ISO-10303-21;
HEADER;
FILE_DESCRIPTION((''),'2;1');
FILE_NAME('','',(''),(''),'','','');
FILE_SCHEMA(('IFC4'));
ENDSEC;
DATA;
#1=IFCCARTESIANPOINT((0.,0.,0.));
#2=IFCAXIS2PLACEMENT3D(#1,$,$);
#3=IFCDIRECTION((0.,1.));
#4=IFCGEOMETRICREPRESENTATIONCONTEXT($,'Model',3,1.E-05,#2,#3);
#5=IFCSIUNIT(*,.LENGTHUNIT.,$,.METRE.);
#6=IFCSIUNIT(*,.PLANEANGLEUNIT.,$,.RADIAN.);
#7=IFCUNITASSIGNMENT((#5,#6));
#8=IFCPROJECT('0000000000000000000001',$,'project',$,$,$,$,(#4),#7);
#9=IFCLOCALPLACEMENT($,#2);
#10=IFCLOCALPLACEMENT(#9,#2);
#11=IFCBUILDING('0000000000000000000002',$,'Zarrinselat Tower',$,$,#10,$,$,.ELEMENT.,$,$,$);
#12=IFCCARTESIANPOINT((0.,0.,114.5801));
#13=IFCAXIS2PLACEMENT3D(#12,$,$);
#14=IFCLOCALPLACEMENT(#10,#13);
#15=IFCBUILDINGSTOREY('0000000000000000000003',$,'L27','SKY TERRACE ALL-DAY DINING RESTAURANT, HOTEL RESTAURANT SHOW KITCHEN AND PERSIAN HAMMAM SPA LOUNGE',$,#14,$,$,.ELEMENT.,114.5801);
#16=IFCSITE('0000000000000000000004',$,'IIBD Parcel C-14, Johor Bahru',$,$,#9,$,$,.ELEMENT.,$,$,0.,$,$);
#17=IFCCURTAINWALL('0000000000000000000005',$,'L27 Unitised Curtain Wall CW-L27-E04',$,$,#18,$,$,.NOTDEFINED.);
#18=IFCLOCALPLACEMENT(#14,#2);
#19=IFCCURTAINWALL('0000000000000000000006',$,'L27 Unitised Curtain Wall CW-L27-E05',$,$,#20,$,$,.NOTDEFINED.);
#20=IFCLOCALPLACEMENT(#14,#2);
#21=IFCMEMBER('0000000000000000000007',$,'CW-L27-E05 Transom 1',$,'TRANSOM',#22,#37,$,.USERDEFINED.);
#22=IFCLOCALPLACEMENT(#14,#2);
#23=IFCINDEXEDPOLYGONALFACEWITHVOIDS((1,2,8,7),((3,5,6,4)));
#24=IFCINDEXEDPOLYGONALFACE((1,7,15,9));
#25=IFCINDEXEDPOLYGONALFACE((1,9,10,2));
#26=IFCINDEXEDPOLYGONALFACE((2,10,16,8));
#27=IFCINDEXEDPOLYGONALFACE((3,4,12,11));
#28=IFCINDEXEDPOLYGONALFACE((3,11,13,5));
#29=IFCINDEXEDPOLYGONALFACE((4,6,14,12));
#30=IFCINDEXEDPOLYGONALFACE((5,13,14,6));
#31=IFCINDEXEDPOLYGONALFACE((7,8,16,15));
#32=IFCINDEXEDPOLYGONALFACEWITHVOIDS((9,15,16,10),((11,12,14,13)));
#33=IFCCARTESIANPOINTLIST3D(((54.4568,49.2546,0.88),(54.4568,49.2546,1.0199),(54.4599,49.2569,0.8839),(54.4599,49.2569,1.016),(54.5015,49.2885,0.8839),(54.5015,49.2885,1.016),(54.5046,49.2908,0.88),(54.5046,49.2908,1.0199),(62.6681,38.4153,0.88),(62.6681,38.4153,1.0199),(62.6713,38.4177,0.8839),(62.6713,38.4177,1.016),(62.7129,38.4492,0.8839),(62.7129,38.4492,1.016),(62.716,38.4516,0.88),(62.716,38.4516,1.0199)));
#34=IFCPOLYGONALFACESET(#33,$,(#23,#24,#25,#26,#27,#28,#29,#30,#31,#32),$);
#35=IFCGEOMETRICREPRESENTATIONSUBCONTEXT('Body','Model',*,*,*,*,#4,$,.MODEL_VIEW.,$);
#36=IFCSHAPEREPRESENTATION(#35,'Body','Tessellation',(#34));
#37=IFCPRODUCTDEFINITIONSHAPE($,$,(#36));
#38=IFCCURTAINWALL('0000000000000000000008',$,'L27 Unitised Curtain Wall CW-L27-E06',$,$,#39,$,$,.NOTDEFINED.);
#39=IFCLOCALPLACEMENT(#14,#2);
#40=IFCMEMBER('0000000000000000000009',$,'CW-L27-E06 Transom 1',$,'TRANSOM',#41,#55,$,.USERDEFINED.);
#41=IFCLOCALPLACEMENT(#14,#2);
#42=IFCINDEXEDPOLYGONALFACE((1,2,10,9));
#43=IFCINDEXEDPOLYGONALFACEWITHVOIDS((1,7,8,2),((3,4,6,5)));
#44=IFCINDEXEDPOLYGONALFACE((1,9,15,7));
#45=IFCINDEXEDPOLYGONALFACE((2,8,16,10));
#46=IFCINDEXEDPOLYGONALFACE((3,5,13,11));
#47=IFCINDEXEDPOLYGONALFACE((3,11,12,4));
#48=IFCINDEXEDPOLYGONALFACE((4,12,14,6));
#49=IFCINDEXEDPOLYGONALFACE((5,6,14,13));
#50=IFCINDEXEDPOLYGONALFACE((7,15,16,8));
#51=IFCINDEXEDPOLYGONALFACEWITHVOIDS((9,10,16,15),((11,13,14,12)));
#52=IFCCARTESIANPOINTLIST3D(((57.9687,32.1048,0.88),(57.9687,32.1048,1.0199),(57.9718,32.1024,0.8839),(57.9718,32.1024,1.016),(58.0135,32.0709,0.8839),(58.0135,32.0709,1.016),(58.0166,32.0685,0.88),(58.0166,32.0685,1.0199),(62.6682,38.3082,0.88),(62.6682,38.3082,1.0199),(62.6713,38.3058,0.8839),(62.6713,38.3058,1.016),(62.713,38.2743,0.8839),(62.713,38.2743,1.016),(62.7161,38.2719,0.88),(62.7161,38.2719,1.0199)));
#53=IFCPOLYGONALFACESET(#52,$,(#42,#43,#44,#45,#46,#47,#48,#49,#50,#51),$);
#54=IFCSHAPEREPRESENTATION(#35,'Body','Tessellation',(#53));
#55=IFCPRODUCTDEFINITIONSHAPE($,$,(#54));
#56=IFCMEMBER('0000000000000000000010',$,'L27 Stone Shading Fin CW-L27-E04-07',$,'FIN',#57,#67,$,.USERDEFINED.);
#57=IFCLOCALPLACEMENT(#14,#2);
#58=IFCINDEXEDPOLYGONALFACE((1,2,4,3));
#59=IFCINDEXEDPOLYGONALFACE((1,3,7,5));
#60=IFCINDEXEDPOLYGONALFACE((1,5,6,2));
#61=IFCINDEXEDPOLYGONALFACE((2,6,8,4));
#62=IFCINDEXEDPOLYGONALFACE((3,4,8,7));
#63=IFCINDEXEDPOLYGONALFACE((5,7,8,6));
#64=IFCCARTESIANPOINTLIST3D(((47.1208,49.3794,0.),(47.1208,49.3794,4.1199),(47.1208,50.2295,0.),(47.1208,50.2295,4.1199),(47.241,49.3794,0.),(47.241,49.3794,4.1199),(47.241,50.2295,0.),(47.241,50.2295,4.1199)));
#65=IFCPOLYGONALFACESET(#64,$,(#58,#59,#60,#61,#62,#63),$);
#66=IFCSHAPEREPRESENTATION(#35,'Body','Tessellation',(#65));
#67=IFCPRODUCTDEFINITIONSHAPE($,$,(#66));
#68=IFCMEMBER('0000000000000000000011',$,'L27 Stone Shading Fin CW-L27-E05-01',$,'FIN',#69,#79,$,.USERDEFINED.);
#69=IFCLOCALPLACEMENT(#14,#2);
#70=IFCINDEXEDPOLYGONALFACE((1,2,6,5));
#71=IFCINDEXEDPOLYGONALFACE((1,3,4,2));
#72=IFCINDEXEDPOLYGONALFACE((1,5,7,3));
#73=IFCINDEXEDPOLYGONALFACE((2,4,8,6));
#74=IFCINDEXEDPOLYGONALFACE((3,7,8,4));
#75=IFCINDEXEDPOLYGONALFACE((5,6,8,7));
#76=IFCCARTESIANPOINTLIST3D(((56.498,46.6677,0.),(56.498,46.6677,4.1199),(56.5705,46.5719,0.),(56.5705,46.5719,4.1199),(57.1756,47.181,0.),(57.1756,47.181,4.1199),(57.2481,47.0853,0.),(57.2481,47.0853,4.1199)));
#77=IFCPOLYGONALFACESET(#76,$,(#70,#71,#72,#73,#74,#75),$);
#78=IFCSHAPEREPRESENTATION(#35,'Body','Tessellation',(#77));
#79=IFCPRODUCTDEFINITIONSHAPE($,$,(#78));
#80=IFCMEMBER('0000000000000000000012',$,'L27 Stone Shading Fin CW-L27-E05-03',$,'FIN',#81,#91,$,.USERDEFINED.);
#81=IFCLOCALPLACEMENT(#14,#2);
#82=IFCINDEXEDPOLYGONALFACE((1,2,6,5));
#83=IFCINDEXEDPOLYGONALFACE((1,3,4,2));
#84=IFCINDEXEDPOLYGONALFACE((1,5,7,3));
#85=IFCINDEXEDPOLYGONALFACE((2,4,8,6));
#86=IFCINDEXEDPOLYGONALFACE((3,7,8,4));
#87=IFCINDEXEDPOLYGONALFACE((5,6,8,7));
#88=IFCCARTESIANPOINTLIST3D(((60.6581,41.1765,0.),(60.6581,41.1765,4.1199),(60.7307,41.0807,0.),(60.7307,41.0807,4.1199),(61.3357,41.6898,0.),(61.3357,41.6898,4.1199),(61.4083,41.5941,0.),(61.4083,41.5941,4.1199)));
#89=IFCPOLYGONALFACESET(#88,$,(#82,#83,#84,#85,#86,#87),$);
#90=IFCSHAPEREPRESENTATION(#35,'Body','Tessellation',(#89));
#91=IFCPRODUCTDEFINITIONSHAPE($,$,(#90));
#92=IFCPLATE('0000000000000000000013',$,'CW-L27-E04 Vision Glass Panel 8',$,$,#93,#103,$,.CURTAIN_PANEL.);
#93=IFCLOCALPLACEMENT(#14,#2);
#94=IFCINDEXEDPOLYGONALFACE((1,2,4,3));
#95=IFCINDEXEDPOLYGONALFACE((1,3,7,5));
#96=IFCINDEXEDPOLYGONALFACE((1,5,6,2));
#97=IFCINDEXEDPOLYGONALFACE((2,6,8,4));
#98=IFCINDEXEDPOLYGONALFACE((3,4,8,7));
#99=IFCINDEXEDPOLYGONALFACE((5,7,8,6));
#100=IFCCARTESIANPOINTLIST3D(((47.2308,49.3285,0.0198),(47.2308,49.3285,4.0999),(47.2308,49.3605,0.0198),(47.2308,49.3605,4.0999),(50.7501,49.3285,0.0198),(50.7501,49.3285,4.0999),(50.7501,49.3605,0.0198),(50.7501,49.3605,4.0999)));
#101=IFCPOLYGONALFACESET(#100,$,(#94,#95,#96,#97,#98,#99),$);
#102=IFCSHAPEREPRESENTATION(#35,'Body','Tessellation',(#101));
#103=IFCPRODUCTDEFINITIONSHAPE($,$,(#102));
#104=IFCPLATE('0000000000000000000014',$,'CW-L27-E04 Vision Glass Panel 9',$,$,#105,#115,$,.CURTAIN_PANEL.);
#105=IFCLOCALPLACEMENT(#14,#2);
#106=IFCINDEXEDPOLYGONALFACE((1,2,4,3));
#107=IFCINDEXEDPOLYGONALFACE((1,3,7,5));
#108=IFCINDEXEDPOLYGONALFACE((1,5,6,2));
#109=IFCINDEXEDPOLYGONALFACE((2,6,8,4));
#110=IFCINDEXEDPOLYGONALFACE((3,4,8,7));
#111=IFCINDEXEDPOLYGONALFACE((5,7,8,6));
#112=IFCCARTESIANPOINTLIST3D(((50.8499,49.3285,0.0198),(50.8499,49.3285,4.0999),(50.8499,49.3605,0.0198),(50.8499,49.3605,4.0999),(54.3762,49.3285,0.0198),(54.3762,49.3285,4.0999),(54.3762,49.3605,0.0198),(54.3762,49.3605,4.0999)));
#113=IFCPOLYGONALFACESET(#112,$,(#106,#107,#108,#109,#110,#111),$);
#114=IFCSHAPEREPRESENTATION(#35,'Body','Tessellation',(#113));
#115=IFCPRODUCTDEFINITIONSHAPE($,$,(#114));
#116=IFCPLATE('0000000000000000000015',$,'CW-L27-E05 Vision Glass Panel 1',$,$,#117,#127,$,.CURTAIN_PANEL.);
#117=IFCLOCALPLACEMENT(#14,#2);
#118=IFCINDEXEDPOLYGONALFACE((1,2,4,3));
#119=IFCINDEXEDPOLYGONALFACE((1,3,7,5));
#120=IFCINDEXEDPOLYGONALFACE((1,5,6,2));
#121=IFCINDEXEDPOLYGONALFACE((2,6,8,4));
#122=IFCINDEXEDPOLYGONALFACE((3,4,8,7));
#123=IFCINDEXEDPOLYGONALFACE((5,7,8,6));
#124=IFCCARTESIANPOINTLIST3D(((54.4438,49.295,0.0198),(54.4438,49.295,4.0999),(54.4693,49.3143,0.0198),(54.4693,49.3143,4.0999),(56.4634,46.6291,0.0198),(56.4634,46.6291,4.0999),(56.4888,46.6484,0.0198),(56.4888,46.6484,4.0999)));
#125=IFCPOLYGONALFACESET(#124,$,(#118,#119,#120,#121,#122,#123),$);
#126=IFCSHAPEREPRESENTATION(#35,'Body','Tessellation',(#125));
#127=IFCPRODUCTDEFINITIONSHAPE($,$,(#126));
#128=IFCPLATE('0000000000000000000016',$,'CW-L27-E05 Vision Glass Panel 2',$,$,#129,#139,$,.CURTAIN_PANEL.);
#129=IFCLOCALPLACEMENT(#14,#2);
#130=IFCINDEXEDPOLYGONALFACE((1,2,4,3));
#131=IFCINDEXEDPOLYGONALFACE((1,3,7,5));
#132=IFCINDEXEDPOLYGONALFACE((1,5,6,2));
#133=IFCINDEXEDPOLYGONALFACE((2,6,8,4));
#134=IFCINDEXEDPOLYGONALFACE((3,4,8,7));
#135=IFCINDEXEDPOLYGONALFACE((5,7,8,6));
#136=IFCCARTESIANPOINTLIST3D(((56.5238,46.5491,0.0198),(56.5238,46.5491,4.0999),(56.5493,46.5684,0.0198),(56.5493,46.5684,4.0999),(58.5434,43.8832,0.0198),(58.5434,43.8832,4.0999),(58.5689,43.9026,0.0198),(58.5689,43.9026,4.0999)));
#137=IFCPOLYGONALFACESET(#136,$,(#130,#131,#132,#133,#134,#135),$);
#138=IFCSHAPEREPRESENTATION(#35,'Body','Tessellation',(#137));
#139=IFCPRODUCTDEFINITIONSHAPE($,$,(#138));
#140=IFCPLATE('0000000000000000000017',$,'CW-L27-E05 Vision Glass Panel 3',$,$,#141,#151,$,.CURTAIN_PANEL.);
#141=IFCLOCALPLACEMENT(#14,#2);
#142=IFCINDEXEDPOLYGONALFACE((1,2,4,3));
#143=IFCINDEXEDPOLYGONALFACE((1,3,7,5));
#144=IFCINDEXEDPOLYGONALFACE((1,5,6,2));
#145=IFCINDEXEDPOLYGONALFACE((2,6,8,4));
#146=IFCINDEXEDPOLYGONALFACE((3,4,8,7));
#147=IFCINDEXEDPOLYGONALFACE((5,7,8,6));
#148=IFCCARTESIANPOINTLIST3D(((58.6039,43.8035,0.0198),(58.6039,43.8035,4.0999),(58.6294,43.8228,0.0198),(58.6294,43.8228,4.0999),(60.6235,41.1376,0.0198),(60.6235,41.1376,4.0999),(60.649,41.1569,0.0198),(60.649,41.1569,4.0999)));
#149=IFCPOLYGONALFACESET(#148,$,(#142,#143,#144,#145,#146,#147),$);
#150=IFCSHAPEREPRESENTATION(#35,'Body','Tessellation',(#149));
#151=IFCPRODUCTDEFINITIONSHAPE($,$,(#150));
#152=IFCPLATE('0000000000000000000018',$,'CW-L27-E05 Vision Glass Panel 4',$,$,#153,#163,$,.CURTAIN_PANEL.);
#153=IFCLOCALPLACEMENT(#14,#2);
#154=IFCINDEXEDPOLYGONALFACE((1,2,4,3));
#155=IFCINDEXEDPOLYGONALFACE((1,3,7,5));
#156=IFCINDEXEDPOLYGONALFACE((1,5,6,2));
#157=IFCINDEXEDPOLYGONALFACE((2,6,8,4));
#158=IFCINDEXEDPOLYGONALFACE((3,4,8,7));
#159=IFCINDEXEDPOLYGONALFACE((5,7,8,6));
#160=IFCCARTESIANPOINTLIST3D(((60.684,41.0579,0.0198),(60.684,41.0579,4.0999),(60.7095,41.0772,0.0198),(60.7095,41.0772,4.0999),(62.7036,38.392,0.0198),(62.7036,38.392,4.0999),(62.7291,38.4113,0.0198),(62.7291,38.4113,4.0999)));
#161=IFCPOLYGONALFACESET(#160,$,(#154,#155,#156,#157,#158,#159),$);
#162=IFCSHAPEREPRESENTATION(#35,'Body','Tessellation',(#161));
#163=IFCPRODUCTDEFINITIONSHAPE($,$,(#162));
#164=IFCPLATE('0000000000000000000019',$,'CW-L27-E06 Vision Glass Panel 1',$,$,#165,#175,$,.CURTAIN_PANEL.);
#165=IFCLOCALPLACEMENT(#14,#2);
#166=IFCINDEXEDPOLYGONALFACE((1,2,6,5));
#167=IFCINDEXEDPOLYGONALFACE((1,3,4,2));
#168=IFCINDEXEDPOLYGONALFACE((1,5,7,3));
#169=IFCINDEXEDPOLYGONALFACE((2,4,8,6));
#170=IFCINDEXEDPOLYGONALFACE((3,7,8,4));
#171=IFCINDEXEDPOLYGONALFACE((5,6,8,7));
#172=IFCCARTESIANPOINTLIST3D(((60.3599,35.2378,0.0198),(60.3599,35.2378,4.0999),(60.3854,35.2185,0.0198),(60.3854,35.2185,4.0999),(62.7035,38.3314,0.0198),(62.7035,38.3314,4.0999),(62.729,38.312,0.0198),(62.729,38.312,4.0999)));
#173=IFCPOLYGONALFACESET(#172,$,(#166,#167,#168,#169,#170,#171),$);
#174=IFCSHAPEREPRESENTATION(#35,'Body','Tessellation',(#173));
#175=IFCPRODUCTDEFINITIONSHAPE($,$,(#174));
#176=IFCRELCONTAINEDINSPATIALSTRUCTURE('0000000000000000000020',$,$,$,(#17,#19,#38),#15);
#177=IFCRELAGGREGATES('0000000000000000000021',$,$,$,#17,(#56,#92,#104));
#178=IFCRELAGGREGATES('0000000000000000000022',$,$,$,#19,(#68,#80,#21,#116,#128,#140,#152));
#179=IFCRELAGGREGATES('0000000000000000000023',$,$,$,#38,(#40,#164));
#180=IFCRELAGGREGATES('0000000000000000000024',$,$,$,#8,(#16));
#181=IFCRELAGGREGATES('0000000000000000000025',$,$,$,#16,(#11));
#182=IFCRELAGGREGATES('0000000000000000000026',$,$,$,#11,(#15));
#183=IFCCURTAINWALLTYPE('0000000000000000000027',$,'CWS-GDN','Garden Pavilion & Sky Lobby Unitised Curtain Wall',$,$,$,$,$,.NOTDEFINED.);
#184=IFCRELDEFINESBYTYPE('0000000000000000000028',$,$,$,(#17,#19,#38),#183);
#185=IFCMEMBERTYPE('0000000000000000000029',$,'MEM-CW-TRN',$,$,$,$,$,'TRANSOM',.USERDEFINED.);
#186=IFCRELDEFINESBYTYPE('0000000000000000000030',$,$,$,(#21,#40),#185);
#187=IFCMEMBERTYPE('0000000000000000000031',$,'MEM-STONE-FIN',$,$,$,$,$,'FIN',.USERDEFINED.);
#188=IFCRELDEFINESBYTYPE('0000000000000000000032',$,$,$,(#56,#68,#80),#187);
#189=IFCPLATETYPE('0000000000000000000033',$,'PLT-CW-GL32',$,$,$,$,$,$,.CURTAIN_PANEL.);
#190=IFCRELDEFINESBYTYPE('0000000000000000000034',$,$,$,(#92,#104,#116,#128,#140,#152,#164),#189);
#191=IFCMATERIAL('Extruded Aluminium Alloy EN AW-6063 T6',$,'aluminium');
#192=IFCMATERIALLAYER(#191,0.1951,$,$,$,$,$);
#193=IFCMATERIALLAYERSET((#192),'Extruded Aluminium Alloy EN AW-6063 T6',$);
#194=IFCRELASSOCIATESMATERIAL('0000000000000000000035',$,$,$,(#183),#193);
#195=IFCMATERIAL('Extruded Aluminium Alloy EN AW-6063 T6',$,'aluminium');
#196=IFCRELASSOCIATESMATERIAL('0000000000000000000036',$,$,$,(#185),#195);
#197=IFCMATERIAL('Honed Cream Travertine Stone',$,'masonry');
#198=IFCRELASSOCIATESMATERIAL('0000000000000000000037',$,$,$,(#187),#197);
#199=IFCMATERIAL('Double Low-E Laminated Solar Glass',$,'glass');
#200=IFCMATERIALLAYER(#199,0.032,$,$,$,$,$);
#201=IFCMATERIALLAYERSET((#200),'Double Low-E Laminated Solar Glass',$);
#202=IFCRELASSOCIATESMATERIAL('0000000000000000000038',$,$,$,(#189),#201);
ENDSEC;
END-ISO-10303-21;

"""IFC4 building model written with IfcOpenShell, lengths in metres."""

from ifc_helpers import new_model, si_unit, direction, frame, origin, origin_2d, place, context, subcontext, project, spatial, rectangle, hollow_rectangle, extrude, material, layer, layer_set, material_profile, profile_set, type_object, element, aggregate, save


model = new_model("IFC4")

# Units and contexts
model_context = context("Model", 3, precision=1e-05, world=origin(), true_north=direction((0.0, 1.0)))
body_context = subcontext(model_context, "Body", "Model", "MODEL_VIEW")
ifc_project = project(units=[si_unit("LENGTHUNIT", "METRE"), si_unit("PLANEANGLEUNIT", "RADIAN")], contexts=[model_context])

# Site, building, storey
site_placement = place(None, origin())
site = spatial("IfcSite", under=ifc_project, at=site_placement, Name="IIBD Parcel C-14, Johor Bahru", CompositionType="ELEMENT", RefElevation=0.0)
building_placement = place(site_placement, origin())
building = spatial("IfcBuilding", under=site, at=building_placement, Name="Zarrinselat Tower", CompositionType="ELEMENT")
storey_placement = place(building_placement, frame((0.0, 0.0, 114.5801)))
storey = spatial("IfcBuildingStorey", under=building, at=storey_placement, Name="L27", Description="SKY TERRACE ALL-DAY DINING RESTAURANT, HOTEL RESTAURANT SHOW KITCHEN AND PERSIAN HAMMAM SPA LOUNGE", CompositionType="ELEMENT", Elevation=114.5801)

# Curtain walls, member
ifc_material_1 = material(Name="Extruded Aluminium Alloy EN AW-6063 T6", Category="aluminium")
ifc_layer_1 = layer(ifc_material_1, 0.1951)
ifc_layer_set_1 = layer_set([ifc_layer_1], Name="Extruded Aluminium Alloy EN AW-6063 T6")
curtain_wall_type = type_object("IfcCurtainWallType", Name="CWS-GDN", Description="Garden Pavilion & Sky Lobby Unitised Curtain Wall", PredefinedType="NOTDEFINED", material=ifc_layer_set_1)
curtain_wall_1_placement = place(storey_placement, origin())
curtain_wall_1 = element("IfcCurtainWall", 1, at=curtain_wall_1_placement, inside=storey, type_object=curtain_wall_type, Name="L27 Unitised Curtain Wall CW-L27-E04", PredefinedType="NOTDEFINED")
curtain_wall_2_placement = place(storey_placement, origin())
curtain_wall_2 = element("IfcCurtainWall", 2, at=curtain_wall_2_placement, inside=storey, type_object=curtain_wall_type, Name="L27 Unitised Curtain Wall CW-L27-E05", PredefinedType="NOTDEFINED")
ifc_material_2 = material(Name="Extruded Aluminium Alloy EN AW-6063 T6", Category="aluminium")
ifc_material_profile_1 = material_profile(ifc_material_2, hollow_rectangle(XDim=0.0601, YDim=0.1399, WallThickness=0.0039, at=origin_2d()), Name="RHS 140x60x4")
ifc_profile_set_1 = profile_set([ifc_material_profile_1], Name="Extruded Aluminium Alloy EN AW-6063 T6")
member_type_1 = type_object("IfcMemberType", Name="MEM-CW-TRN", ElementType="TRANSOM", PredefinedType="USERDEFINED", material=ifc_profile_set_1)
member_1_placement = place(storey_placement, frame((54.4807, 49.2727, 0.95), z_axis=(0.603848, -0.797099, 0.0), x_axis=(0.797099, 0.603848, 0.0)))
member_1 = element("IfcMember", 3, at=member_1_placement, type_object=member_type_1, Name="CW-L27-E05 Transom 1", ObjectType="TRANSOM", PredefinedType="USERDEFINED", context=body_context, shape_type="SweptSolid", body=[
    extrude(hollow_rectangle(XDim=0.0601, YDim=0.1399, WallThickness=0.0039, at=origin_2d()), origin(), (0.0, 0.0, 1.0), 13.5984),
])

# Curtain wall, member
curtain_wall_3_placement = place(storey_placement, origin())
curtain_wall_3 = element("IfcCurtainWall", 4, at=curtain_wall_3_placement, inside=storey, type_object=curtain_wall_type, Name="L27 Unitised Curtain Wall CW-L27-E06", PredefinedType="NOTDEFINED")
member_2_placement = place(storey_placement, frame((62.6921, 38.29, 0.95), z_axis=(-0.603853, -0.797096, 0.0), x_axis=(0.797096, -0.603853, 0.0)))
member_2 = element("IfcMember", 5, at=member_2_placement, type_object=member_type_1, Name="CW-L27-E06 Transom 1", ObjectType="TRANSOM", PredefinedType="USERDEFINED", context=body_context, shape_type="SweptSolid", body=[
    extrude(hollow_rectangle(XDim=0.0601, YDim=0.1399, WallThickness=0.0039, at=origin_2d()), origin(), (0.0, 0.0, 1.0), 7.7825),
])

# Members
ifc_material_3 = material(Name="Honed Cream Travertine Stone", Category="masonry")
ifc_material_profile_2 = material_profile(ifc_material_3, rectangle(XDim=0.1201, YDim=0.8501, at=origin_2d()), Name="FIN 850x120")
ifc_profile_set_2 = profile_set([ifc_material_profile_2], Name="Honed Cream Travertine Stone")
member_type_2 = type_object("IfcMemberType", Name="MEM-STONE-FIN", ElementType="FIN", PredefinedType="USERDEFINED", material=ifc_profile_set_2)
member_3_placement = place(storey_placement, frame((47.1809, 49.8044, 0.0), z_axis=(0.0, 0.0, 1.0), x_axis=(1.0, 0.0, 0.0)))
member_3 = element("IfcMember", 6, at=member_3_placement, type_object=member_type_2, Name="L27 Stone Shading Fin CW-L27-E04-07", ObjectType="FIN", PredefinedType="USERDEFINED", context=body_context, shape_type="SweptSolid", body=[
    extrude(rectangle(XDim=0.1201, YDim=0.8501, at=origin_2d()), origin(), (0.0, 0.0, 1.0), 4.1199),
])
member_4_placement = place(storey_placement, frame((56.873, 46.8765, 0.0), z_axis=(0.0, 0.0, 1.0), x_axis=(0.603856, -0.797093, 0.0)))
member_4 = element("IfcMember", 7, at=member_4_placement, type_object=member_type_2, Name="L27 Stone Shading Fin CW-L27-E05-01", ObjectType="FIN", PredefinedType="USERDEFINED", context=body_context, shape_type="SweptSolid", body=[
    extrude(rectangle(XDim=0.1201, YDim=0.8501, at=origin_2d()), origin(), (0.0, 0.0, 1.0), 4.1199),
])
member_5_placement = place(storey_placement, frame((61.0332, 41.3853, 0.0), z_axis=(0.0, 0.0, 1.0), x_axis=(0.603856, -0.797093, 0.0)))
member_5 = element("IfcMember", 8, at=member_5_placement, type_object=member_type_2, Name="L27 Stone Shading Fin CW-L27-E05-03", ObjectType="FIN", PredefinedType="USERDEFINED", context=body_context, shape_type="SweptSolid", body=[
    extrude(rectangle(XDim=0.1201, YDim=0.8501, at=origin_2d()), origin(), (0.0, 0.0, 1.0), 4.1199),
])

# Plates
ifc_material_4 = material(Name="Double Low-E Laminated Solar Glass", Category="glass")
ifc_layer_2 = layer(ifc_material_4, 0.032)
ifc_layer_set_2 = layer_set([ifc_layer_2], Name="Double Low-E Laminated Solar Glass")
plate_type = type_object("IfcPlateType", Name="PLT-CW-GL32", PredefinedType="CURTAIN_PANEL", material=ifc_layer_set_2)
plate_1_placement = place(storey_placement, frame((48.9905, 49.3445, 0.0198), z_axis=(0.0, 0.0, 1.0), x_axis=(1.0, 0.0, 0.0)))
plate_1 = element("IfcPlate", 9, at=plate_1_placement, type_object=plate_type, Name="CW-L27-E04 Vision Glass Panel 8", PredefinedType="CURTAIN_PANEL", context=body_context, shape_type="SweptSolid", body=[
    extrude(rectangle(XDim=3.5193, YDim=0.032, at=origin_2d()), origin(), (0.0, 0.0, 1.0), 4.0801),
])
plate_2_placement = place(storey_placement, frame((52.613, 49.3445, 0.0198), z_axis=(0.0, 0.0, 1.0), x_axis=(1.0, 0.0, 0.0)))
plate_2 = element("IfcPlate", 10, at=plate_2_placement, type_object=plate_type, Name="CW-L27-E04 Vision Glass Panel 9", PredefinedType="CURTAIN_PANEL", context=body_context, shape_type="SweptSolid", body=[
    extrude(rectangle(XDim=3.5264, YDim=0.032, at=origin_2d()), origin(), (0.0, 0.0, 1.0), 4.0801),
])
aggregate(curtain_wall_1, [member_3, plate_1, plate_2])
plate_3_placement = place(storey_placement, frame((55.4663, 47.9717, 0.0198), z_axis=(0.0, 0.0, 1.0), x_axis=(0.603856, -0.797093, 0.0)))
plate_3 = element("IfcPlate", 11, at=plate_3_placement, type_object=plate_type, Name="CW-L27-E05 Vision Glass Panel 1", PredefinedType="CURTAIN_PANEL", context=body_context, shape_type="SweptSolid", body=[
    extrude(rectangle(XDim=3.3445, YDim=0.032, at=origin_2d()), origin(), (0.0, 0.0, 1.0), 4.0801),
])
plate_4_placement = place(storey_placement, frame((57.5464, 45.2258, 0.0198), z_axis=(0.0, 0.0, 1.0), x_axis=(0.603856, -0.797093, 0.0)))
plate_4 = element("IfcPlate", 12, at=plate_4_placement, type_object=plate_type, Name="CW-L27-E05 Vision Glass Panel 2", PredefinedType="CURTAIN_PANEL", context=body_context, shape_type="SweptSolid", body=[
    extrude(rectangle(XDim=3.3445, YDim=0.032, at=origin_2d()), origin(), (0.0, 0.0, 1.0), 4.0801),
])
plate_5_placement = place(storey_placement, frame((59.6265, 42.4802, 0.0198), z_axis=(0.0, 0.0, 1.0), x_axis=(0.603856, -0.797093, 0.0)))
plate_5 = element("IfcPlate", 13, at=plate_5_placement, type_object=plate_type, Name="CW-L27-E05 Vision Glass Panel 3", PredefinedType="CURTAIN_PANEL", context=body_context, shape_type="SweptSolid", body=[
    extrude(rectangle(XDim=3.3445, YDim=0.032, at=origin_2d()), origin(), (0.0, 0.0, 1.0), 4.0801),
])
plate_6_placement = place(storey_placement, frame((61.7065, 39.7346, 0.0198), z_axis=(0.0, 0.0, 1.0), x_axis=(0.603856, -0.797093, 0.0)))
plate_6 = element("IfcPlate", 14, at=plate_6_placement, type_object=plate_type, Name="CW-L27-E05 Vision Glass Panel 4", PredefinedType="CURTAIN_PANEL", context=body_context, shape_type="SweptSolid", body=[
    extrude(rectangle(XDim=3.3445, YDim=0.032, at=origin_2d()), origin(), (0.0, 0.0, 1.0), 4.0801),
])
aggregate(curtain_wall_2, [member_4, member_5, member_1, plate_3, plate_4, plate_5, plate_6])
plate_7_placement = place(storey_placement, frame((61.5444, 36.7749, 0.0198), z_axis=(0.0, 0.0, 1.0), x_axis=(-0.60386, -0.79709, 0.0)))
plate_7 = element("IfcPlate", 15, at=plate_7_placement, type_object=plate_type, Name="CW-L27-E06 Vision Glass Panel 1", PredefinedType="CURTAIN_PANEL", context=body_context, shape_type="SweptSolid", body=[
    extrude(rectangle(XDim=3.8811, YDim=0.032, at=origin_2d()), origin(), (0.0, 0.0, 1.0), 4.0801),
])
aggregate(curtain_wall_3, [member_2, plate_7])

save(model, "model.ifc")
